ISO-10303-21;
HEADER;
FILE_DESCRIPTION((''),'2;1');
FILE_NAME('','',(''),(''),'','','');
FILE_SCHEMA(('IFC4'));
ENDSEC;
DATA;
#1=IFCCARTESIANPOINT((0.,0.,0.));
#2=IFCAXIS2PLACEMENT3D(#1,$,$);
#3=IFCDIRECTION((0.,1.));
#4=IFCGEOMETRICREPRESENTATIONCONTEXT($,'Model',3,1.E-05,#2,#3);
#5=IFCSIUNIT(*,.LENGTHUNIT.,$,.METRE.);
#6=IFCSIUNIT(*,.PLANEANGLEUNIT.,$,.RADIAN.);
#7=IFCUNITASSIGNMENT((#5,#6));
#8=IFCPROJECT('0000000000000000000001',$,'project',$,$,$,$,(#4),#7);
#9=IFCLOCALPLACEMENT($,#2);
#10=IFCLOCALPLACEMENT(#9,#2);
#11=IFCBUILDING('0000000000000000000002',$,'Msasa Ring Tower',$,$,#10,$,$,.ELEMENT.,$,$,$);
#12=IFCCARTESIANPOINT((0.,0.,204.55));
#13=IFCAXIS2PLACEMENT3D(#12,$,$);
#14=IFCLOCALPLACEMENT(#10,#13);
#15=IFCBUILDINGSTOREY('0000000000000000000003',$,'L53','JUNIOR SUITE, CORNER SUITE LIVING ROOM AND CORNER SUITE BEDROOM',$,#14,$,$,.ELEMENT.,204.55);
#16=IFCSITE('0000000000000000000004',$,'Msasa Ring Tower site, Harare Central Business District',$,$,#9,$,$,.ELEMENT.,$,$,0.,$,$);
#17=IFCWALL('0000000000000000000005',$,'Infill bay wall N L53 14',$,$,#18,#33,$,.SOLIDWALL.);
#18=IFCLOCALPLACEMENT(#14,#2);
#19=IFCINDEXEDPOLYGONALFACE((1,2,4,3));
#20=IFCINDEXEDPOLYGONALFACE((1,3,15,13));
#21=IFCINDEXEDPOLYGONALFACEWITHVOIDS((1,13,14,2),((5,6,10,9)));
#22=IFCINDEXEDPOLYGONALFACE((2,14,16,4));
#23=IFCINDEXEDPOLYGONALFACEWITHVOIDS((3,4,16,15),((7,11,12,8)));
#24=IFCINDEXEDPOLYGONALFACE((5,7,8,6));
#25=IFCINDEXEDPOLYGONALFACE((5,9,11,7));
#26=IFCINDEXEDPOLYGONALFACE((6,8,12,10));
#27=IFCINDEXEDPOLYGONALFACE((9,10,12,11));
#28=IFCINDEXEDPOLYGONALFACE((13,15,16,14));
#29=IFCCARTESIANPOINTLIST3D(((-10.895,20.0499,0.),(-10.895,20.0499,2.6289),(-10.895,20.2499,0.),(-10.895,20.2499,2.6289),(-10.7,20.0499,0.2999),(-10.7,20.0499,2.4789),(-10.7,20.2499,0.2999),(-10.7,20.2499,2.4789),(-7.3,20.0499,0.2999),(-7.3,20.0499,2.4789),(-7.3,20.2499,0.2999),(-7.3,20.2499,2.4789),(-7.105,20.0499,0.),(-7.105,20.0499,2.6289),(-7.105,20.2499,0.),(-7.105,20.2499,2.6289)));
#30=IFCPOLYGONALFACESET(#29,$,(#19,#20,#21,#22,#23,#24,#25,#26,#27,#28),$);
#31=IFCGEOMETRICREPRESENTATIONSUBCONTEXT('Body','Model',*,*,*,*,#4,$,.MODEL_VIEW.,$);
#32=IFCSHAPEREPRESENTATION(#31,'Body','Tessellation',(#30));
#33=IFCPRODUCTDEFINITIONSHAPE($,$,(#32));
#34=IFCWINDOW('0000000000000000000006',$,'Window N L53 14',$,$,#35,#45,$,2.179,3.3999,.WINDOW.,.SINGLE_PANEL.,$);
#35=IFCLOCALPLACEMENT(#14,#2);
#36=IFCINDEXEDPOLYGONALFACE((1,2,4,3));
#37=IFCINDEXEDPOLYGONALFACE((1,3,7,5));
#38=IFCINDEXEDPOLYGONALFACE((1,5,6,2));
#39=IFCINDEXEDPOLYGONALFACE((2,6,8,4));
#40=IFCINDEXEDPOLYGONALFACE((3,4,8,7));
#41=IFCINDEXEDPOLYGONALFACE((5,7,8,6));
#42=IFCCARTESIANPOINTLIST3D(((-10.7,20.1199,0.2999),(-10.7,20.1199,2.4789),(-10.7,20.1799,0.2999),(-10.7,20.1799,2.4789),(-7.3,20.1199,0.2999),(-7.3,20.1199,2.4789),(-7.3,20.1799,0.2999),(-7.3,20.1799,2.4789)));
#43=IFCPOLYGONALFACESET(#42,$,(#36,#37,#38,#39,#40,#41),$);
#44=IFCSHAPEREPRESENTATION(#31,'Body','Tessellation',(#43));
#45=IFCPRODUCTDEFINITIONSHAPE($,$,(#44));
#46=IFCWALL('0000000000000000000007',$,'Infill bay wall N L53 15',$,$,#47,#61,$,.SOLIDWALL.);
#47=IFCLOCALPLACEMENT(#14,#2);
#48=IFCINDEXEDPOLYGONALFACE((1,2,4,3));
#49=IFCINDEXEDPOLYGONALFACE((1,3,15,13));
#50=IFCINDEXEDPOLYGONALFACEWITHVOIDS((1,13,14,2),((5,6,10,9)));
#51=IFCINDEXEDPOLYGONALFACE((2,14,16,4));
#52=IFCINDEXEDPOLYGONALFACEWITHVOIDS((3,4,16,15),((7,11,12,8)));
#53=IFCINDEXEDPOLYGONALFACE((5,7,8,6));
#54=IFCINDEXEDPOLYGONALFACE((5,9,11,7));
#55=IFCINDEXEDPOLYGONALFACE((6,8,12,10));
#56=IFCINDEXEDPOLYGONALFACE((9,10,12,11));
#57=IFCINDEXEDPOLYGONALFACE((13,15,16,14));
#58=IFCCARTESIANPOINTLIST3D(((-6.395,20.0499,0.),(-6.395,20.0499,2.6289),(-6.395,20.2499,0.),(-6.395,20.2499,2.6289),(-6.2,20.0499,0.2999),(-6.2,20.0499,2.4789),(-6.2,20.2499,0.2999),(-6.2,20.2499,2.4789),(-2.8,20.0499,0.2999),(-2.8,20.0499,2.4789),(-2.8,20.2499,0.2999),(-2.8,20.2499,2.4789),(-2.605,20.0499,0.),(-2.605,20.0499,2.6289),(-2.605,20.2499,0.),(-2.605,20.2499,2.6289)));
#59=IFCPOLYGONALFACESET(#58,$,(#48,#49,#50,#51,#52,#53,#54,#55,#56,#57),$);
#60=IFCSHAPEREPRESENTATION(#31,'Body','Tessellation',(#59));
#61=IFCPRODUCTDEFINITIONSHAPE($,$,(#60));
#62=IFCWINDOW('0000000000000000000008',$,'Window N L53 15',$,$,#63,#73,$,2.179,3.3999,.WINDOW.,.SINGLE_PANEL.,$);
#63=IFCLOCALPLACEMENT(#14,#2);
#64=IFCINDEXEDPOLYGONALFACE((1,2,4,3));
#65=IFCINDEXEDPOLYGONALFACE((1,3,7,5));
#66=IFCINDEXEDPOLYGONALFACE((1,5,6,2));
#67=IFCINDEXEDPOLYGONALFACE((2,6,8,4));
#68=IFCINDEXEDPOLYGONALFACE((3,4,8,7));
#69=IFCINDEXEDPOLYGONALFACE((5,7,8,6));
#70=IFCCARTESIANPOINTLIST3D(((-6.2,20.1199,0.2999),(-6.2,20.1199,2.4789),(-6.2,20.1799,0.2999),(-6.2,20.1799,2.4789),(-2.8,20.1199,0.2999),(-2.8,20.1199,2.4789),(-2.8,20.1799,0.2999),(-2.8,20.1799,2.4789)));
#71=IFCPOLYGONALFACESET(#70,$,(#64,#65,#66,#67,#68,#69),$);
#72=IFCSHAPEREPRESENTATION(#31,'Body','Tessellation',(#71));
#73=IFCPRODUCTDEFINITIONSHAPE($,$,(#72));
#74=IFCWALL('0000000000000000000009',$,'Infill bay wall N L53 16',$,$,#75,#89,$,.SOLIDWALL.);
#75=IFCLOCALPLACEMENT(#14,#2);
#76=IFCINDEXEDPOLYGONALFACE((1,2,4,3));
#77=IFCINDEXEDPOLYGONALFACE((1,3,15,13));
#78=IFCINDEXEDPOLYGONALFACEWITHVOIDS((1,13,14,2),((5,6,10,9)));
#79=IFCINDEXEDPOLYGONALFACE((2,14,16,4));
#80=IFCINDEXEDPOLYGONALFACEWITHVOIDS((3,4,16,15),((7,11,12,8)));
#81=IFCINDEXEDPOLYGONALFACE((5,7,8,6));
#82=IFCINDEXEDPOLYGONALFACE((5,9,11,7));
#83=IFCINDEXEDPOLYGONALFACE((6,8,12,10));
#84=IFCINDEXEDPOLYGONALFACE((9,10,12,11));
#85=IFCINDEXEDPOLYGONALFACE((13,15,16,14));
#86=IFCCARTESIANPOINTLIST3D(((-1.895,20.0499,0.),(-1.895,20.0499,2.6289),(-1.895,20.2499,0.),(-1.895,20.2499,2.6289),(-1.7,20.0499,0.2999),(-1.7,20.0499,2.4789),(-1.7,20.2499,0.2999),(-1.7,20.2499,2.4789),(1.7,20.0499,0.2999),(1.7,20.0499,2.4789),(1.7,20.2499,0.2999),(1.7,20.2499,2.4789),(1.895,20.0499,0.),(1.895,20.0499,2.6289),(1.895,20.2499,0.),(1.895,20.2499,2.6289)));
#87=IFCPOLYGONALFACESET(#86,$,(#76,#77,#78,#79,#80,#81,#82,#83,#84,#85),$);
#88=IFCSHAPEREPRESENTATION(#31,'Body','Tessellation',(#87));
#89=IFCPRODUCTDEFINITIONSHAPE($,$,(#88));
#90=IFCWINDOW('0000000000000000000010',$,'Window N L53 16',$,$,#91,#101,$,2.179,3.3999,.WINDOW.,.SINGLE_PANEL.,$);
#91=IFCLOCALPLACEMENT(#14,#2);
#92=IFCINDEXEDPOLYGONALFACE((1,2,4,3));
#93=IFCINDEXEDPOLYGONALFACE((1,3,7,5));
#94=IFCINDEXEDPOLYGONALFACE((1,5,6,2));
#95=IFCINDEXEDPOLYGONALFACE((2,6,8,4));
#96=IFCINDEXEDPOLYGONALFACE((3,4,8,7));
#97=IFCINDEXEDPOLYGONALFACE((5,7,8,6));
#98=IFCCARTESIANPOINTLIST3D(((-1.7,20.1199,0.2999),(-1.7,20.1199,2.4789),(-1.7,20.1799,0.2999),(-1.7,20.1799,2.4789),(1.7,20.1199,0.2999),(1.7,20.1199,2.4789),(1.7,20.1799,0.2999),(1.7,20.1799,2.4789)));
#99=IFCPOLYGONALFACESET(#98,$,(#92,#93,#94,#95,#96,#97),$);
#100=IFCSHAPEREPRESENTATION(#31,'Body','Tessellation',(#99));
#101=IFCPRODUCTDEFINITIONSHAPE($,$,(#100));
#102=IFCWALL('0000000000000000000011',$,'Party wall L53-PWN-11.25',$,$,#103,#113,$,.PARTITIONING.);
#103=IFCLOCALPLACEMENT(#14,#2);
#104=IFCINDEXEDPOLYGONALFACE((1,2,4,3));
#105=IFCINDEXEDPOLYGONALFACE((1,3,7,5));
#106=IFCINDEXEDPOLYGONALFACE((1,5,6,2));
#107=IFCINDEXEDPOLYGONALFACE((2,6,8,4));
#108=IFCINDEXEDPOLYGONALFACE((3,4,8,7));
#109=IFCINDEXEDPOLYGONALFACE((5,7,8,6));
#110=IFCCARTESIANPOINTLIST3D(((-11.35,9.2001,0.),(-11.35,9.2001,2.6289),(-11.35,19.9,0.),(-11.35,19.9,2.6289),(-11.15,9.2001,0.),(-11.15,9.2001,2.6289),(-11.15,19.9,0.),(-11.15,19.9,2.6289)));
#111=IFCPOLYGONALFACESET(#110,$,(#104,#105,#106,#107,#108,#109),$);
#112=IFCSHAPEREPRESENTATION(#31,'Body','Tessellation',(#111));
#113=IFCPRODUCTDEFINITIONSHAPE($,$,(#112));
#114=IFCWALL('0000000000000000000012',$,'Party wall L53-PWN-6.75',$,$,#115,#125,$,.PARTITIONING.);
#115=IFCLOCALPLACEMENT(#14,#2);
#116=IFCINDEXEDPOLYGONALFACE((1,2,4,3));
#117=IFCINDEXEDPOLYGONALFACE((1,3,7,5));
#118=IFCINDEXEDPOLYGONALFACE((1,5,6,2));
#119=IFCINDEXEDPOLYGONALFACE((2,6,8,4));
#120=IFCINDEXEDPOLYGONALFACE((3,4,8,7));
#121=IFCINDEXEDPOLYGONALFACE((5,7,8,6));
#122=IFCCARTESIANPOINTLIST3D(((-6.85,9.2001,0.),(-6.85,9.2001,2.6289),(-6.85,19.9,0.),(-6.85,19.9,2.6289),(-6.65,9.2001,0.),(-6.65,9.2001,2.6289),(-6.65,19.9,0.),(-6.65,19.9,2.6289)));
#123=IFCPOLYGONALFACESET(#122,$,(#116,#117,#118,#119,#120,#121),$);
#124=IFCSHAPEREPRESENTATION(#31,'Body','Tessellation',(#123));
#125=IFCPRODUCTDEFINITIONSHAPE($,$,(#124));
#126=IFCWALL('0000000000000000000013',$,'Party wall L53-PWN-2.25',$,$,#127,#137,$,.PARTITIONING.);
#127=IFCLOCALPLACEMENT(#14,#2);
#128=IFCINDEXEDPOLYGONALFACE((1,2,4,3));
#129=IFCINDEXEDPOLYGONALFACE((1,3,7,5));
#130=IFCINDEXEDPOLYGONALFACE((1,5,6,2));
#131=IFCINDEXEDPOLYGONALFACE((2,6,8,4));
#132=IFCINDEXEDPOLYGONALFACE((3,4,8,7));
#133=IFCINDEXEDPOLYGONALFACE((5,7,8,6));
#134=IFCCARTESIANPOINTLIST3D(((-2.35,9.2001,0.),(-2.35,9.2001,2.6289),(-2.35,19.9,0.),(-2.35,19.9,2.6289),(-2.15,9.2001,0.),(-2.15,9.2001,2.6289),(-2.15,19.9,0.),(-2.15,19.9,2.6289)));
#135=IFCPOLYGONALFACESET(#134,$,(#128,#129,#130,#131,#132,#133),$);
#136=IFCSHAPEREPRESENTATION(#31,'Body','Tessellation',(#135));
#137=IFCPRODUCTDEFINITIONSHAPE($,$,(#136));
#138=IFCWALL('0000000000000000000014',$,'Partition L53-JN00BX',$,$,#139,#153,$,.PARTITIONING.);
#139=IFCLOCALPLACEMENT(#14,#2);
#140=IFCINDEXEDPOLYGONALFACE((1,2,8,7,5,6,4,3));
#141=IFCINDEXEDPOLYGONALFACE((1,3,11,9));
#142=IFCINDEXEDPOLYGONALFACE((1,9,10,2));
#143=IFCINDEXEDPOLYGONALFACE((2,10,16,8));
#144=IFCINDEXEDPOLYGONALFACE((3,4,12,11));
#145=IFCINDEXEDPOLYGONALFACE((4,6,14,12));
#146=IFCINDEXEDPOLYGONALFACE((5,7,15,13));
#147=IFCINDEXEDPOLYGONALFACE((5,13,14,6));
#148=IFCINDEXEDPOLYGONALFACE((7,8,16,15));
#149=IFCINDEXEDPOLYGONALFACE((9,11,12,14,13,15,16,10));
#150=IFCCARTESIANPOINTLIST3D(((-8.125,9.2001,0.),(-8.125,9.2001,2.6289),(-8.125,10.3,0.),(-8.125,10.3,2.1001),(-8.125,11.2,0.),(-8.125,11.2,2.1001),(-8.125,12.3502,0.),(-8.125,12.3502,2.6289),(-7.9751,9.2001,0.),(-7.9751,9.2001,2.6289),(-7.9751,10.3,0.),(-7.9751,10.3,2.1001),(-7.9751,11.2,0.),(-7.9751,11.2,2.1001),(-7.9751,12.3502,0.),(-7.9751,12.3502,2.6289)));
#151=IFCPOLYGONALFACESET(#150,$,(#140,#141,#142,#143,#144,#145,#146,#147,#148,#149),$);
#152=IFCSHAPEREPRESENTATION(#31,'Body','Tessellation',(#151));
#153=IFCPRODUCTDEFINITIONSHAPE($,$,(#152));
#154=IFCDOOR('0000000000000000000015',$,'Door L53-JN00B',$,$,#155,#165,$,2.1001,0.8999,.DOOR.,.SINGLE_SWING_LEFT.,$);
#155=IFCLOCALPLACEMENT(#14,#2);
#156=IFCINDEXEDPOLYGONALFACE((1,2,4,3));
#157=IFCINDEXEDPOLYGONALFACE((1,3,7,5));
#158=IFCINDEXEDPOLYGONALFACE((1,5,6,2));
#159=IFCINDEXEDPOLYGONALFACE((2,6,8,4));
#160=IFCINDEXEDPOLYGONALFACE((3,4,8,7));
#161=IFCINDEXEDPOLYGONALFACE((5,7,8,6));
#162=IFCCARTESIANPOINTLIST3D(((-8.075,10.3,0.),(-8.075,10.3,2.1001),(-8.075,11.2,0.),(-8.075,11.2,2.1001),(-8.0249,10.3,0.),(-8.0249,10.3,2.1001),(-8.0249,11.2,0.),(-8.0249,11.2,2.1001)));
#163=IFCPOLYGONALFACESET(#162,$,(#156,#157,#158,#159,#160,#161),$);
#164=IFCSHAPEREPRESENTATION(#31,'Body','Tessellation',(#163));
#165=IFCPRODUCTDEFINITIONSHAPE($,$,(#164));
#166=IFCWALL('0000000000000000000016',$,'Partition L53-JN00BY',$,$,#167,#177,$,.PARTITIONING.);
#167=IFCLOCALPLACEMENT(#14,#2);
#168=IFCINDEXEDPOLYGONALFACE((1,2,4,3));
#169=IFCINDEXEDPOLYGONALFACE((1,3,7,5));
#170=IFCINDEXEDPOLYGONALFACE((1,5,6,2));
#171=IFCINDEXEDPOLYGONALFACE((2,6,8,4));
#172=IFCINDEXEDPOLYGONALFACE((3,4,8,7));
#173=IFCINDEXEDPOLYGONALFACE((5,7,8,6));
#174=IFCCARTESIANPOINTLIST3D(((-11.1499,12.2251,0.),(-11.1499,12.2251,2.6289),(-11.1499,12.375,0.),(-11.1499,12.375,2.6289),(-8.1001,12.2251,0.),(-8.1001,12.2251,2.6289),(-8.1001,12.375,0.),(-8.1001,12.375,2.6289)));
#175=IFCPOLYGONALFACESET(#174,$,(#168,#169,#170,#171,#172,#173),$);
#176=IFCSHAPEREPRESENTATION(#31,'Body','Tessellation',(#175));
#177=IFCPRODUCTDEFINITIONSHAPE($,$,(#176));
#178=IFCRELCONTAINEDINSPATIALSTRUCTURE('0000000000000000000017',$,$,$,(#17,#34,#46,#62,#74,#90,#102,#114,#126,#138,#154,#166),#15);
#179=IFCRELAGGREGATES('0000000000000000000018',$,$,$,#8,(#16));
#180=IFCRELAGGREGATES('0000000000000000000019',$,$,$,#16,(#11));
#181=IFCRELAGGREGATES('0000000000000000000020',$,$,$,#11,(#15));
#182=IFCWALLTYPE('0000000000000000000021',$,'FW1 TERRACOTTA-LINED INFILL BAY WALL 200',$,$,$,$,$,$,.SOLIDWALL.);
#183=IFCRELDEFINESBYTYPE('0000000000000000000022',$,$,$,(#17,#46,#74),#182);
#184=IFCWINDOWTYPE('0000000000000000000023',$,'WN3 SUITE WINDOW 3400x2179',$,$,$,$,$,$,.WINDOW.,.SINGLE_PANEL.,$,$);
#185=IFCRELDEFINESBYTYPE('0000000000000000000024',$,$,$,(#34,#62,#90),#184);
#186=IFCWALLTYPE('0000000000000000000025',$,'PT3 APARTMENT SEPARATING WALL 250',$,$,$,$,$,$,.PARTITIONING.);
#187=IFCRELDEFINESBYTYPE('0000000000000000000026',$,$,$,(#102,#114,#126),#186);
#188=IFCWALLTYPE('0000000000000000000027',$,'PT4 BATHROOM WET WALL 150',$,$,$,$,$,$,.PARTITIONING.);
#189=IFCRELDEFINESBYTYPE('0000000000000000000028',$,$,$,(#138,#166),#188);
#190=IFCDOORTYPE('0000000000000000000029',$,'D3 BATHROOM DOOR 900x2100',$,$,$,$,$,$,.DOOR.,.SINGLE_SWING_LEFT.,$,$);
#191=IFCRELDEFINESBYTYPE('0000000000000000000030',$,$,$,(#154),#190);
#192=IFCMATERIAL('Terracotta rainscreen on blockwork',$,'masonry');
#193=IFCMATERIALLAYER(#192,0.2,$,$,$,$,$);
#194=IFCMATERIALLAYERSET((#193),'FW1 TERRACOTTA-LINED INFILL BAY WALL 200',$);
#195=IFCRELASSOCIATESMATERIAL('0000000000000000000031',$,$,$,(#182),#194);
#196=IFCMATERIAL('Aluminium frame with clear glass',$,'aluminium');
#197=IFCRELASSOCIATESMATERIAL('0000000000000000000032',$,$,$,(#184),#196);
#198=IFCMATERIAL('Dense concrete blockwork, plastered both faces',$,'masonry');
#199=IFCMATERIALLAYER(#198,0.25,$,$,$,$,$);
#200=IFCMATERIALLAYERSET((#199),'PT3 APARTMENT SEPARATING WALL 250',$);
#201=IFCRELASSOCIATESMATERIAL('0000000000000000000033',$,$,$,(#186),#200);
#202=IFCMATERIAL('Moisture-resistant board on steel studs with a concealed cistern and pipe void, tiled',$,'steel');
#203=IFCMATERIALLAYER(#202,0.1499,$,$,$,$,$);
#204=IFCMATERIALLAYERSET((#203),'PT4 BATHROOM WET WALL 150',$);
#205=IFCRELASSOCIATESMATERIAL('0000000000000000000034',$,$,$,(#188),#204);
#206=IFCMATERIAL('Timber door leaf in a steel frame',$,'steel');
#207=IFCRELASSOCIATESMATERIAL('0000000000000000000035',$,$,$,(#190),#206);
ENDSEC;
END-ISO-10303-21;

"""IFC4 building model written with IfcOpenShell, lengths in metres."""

from ifc_helpers import new_model, si_unit, direction, frame, frame_2d, origin, place, context, subcontext, project, spatial, rectangle, extrude, material, layer, layer_set, type_object, element, fill, save


model = new_model("IFC4")

# Units and contexts
model_context = context("Model", 3, precision=1e-05, world=origin(), true_north=direction((0.0, 1.0)))
body_context = subcontext(model_context, "Body", "Model", "MODEL_VIEW")
ifc_project = project(units=[si_unit("LENGTHUNIT", "METRE"), si_unit("PLANEANGLEUNIT", "RADIAN")], contexts=[model_context])

# Site, building, storey
site_placement = place(None, origin())
site = spatial("IfcSite", under=ifc_project, at=site_placement, Name="Msasa Ring Tower site, Harare Central Business District", CompositionType="ELEMENT", RefElevation=0.0)
building_placement = place(site_placement, origin())
building = spatial("IfcBuilding", under=site, at=building_placement, Name="Msasa Ring Tower", CompositionType="ELEMENT")
storey_placement = place(building_placement, frame((0.0, 0.0, 204.55)))
storey = spatial("IfcBuildingStorey", under=building, at=storey_placement, Name="L53", Description="JUNIOR SUITE, CORNER SUITE LIVING ROOM AND CORNER SUITE BEDROOM", CompositionType="ELEMENT", Elevation=204.55)

# Walls, openings, windows
ifc_material_1 = material(Name="Terracotta rainscreen on blockwork", Category="masonry")
ifc_layer_1 = layer(ifc_material_1, 0.2)
ifc_layer_set_1 = layer_set([ifc_layer_1], Name="FW1 TERRACOTTA-LINED INFILL BAY WALL 200")
wall_type_1 = type_object("IfcWallType", Name="FW1 TERRACOTTA-LINED INFILL BAY WALL 200", PredefinedType="SOLIDWALL", material=ifc_layer_set_1)
wall_1_placement = place(storey_placement, frame((-10.895, 20.1499, 0.0), z_axis=(0.0, 0.0, 1.0), x_axis=(1.0, 0.0, 0.0)))
wall_1 = element("IfcWall", 1, at=wall_1_placement, inside=storey, type_object=wall_type_1, Name="Infill bay wall N L53 14", PredefinedType="SOLIDWALL", context=body_context, shape_type="SweptSolid", body=[
    extrude(rectangle(XDim=3.79, YDim=0.2, at=frame_2d((1.895, 0.0))), origin(), (0.0, 0.0, 1.0), 2.6289),
])
opening_1_placement = place(wall_1_placement, frame((0.1951, 0.0, 0.3)))
opening_1 = element("IfcOpeningElement", 2, at=opening_1_placement, cuts=wall_1, PredefinedType="OPENING", context=body_context, shape_type="SweptSolid", body=[
    extrude(rectangle(XDim=3.3999, YDim=2.179, at=frame_2d((1.7, 1.0894))), frame((0.0, 0.1099, 0.0), z_axis=(0.0, -1.0, 0.0), x_axis=(1.0, 0.0, 0.0)), (0.0, 0.0, 1.0), 0.22),
])
ifc_material_2 = material(Name="Aluminium frame with clear glass", Category="aluminium")
window_type = type_object("IfcWindowType", Name="WN3 SUITE WINDOW 3400x2179", PartitioningType="SINGLE_PANEL", PredefinedType="WINDOW", material=ifc_material_2)
window_1_placement = place(opening_1_placement, origin())
window_1 = element("IfcWindow", 3, at=window_1_placement, inside=storey, type_object=window_type, Name="Window N L53 14", OverallHeight=2.179, OverallWidth=3.3999, PartitioningType="SINGLE_PANEL", PredefinedType="WINDOW", context=body_context, shape_type="SweptSolid", body=[
    extrude(rectangle(XDim=3.3999, YDim=2.179, at=frame_2d((1.7, 1.0894))), frame((0.0, 0.03, 0.0), z_axis=(0.0, -1.0, 0.0), x_axis=(1.0, 0.0, 0.0)), (0.0, 0.0, 1.0), 0.0601),
])
fill(opening_1, window_1)
wall_2_placement = place(storey_placement, frame((-6.395, 20.1499, 0.0), z_axis=(0.0, 0.0, 1.0), x_axis=(1.0, 0.0, 0.0)))
wall_2 = element("IfcWall", 4, at=wall_2_placement, inside=storey, type_object=wall_type_1, Name="Infill bay wall N L53 15", PredefinedType="SOLIDWALL", context=body_context, shape_type="SweptSolid", body=[
    extrude(rectangle(XDim=3.79, YDim=0.2, at=frame_2d((1.895, 0.0))), origin(), (0.0, 0.0, 1.0), 2.6289),
])
opening_2_placement = place(wall_2_placement, frame((0.1951, 0.0, 0.3)))
opening_2 = element("IfcOpeningElement", 5, at=opening_2_placement, cuts=wall_2, PredefinedType="OPENING", context=body_context, shape_type="SweptSolid", body=[
    extrude(rectangle(XDim=3.3999, YDim=2.179, at=frame_2d((1.7, 1.0894))), frame((0.0, 0.1099, 0.0), z_axis=(0.0, -1.0, 0.0), x_axis=(1.0, 0.0, 0.0)), (0.0, 0.0, 1.0), 0.22),
])
window_2_placement = place(opening_2_placement, origin())
window_2 = element("IfcWindow", 6, at=window_2_placement, inside=storey, type_object=window_type, Name="Window N L53 15", OverallHeight=2.179, OverallWidth=3.3999, PartitioningType="SINGLE_PANEL", PredefinedType="WINDOW", context=body_context, shape_type="SweptSolid", body=[
    extrude(rectangle(XDim=3.3999, YDim=2.179, at=frame_2d((1.7, 1.0894))), frame((0.0, 0.03, 0.0), z_axis=(0.0, -1.0, 0.0), x_axis=(1.0, 0.0, 0.0)), (0.0, 0.0, 1.0), 0.0601),
])
fill(opening_2, window_2)
wall_3_placement = place(storey_placement, frame((-1.895, 20.1499, 0.0), z_axis=(0.0, 0.0, 1.0), x_axis=(1.0, 0.0, 0.0)))
wall_3 = element("IfcWall", 7, at=wall_3_placement, inside=storey, type_object=wall_type_1, Name="Infill bay wall N L53 16", PredefinedType="SOLIDWALL", context=body_context, shape_type="SweptSolid", body=[
    extrude(rectangle(XDim=3.79, YDim=0.2, at=frame_2d((1.895, 0.0))), origin(), (0.0, 0.0, 1.0), 2.6289),
])
opening_3_placement = place(wall_3_placement, frame((0.1951, 0.0, 0.3)))
opening_3 = element("IfcOpeningElement", 8, at=opening_3_placement, cuts=wall_3, PredefinedType="OPENING", context=body_context, shape_type="SweptSolid", body=[
    extrude(rectangle(XDim=3.3999, YDim=2.179, at=frame_2d((1.7, 1.0894))), frame((0.0, 0.1099, 0.0), z_axis=(0.0, -1.0, 0.0), x_axis=(1.0, 0.0, 0.0)), (0.0, 0.0, 1.0), 0.22),
])
window_3_placement = place(opening_3_placement, origin())
window_3 = element("IfcWindow", 9, at=window_3_placement, inside=storey, type_object=window_type, Name="Window N L53 16", OverallHeight=2.179, OverallWidth=3.3999, PartitioningType="SINGLE_PANEL", PredefinedType="WINDOW", context=body_context, shape_type="SweptSolid", body=[
    extrude(rectangle(XDim=3.3999, YDim=2.179, at=frame_2d((1.7, 1.0894))), frame((0.0, 0.03, 0.0), z_axis=(0.0, -1.0, 0.0), x_axis=(1.0, 0.0, 0.0)), (0.0, 0.0, 1.0), 0.0601),
])
fill(opening_3, window_3)

# Walls
ifc_material_3 = material(Name="Dense concrete blockwork, plastered both faces", Category="masonry")
ifc_layer_2 = layer(ifc_material_3, 0.25)
ifc_layer_set_2 = layer_set([ifc_layer_2], Name="PT3 APARTMENT SEPARATING WALL 250")
wall_type_2 = type_object("IfcWallType", Name="PT3 APARTMENT SEPARATING WALL 250", PredefinedType="PARTITIONING", material=ifc_layer_set_2)
for number, where, z_axis, x_axis, name in (
    (10, (-11.25, 9.2, 0.0), (0.0, 0.0, 1.0), (0.0, 1.0, 0.0), "Party wall L53-PWN-11.25"),
    (11, (-6.75, 9.2, 0.0), (0.0, 0.0, 1.0), (0.0, 1.0, 0.0), "Party wall L53-PWN-6.75"),
    (12, (-2.25, 9.2, 0.0), (0.0, 0.0, 1.0), (0.0, 1.0, 0.0), "Party wall L53-PWN-2.25"),
):
    element("IfcWall", number, at=place(storey_placement, frame(where, z_axis=z_axis, x_axis=x_axis)), inside=storey, type_object=wall_type_2, Name=name, PredefinedType="PARTITIONING", context=body_context, shape_type="SweptSolid", body=[
        extrude(rectangle(XDim=10.7, YDim=0.2, at=frame_2d((5.3501, 0.0))), origin(), (0.0, 0.0, 1.0), 2.6289),
    ])

# Wall, opening, door
ifc_material_4 = material(Name="Moisture-resistant board on steel studs with a concealed cistern and pipe void, tiled", Category="steel")
ifc_layer_3 = layer(ifc_material_4, 0.1499)
ifc_layer_set_3 = layer_set([ifc_layer_3], Name="PT4 BATHROOM WET WALL 150")
wall_type_3 = type_object("IfcWallType", Name="PT4 BATHROOM WET WALL 150", PredefinedType="PARTITIONING", material=ifc_layer_set_3)
wall_4_placement = place(storey_placement, frame((-8.05, 9.2, 0.0), z_axis=(0.0, 0.0, 1.0), x_axis=(0.0, 1.0, 0.0)))
wall_4 = element("IfcWall", 13, at=wall_4_placement, inside=storey, type_object=wall_type_3, Name="Partition L53-JN00BX", PredefinedType="PARTITIONING", context=body_context, shape_type="SweptSolid", body=[
    extrude(rectangle(XDim=3.1501, YDim=0.1499, at=frame_2d((1.5752, 0.0))), origin(), (0.0, 0.0, 1.0), 2.6289),
])
opening_4_placement = place(wall_4_placement, frame((1.1001, 0.0, 0.0)))
opening_4 = element("IfcOpeningElement", 14, at=opening_4_placement, cuts=wall_4, PredefinedType="OPENING", context=body_context, shape_type="SweptSolid", body=[
    extrude(rectangle(XDim=0.8999, YDim=2.1001, at=frame_2d((0.45, 1.05))), frame((0.0, 0.085, 0.0), z_axis=(0.0, -1.0, 0.0), x_axis=(1.0, 0.0, 0.0)), (0.0, 0.0, 1.0), 0.1699),
])
ifc_material_5 = material(Name="Timber door leaf in a steel frame", Category="steel")
door_type = type_object("IfcDoorType", Name="D3 BATHROOM DOOR 900x2100", OperationType="SINGLE_SWING_LEFT", PredefinedType="DOOR", material=ifc_material_5)
door_1_placement = place(opening_4_placement, origin())
door_1 = element("IfcDoor", 15, at=door_1_placement, inside=storey, type_object=door_type, Name="Door L53-JN00B", OperationType="SINGLE_SWING_LEFT", OverallHeight=2.1001, OverallWidth=0.8999, PredefinedType="DOOR", context=body_context, shape_type="SweptSolid", body=[
    extrude(rectangle(XDim=0.8999, YDim=2.1001, at=frame_2d((0.45, 1.05))), frame((0.0, 0.0249, 0.0), z_axis=(0.0, -1.0, 0.0), x_axis=(1.0, 0.0, 0.0)), (0.0, 0.0, 1.0), 0.05),
])
fill(opening_4, door_1)

# Wall
wall_5_placement = place(storey_placement, frame((-11.1499, 12.3, 0.0), z_axis=(0.0, 0.0, 1.0), x_axis=(1.0, 0.0, 0.0)))
element("IfcWall", 16, at=wall_5_placement, inside=storey, type_object=wall_type_3, Name="Partition L53-JN00BY", PredefinedType="PARTITIONING", context=body_context, shape_type="SweptSolid", body=[
    extrude(rectangle(XDim=3.0498, YDim=0.1499, at=frame_2d((1.5249, 0.0))), origin(), (0.0, 0.0, 1.0), 2.6289),
])

save(model, "model.ifc")
